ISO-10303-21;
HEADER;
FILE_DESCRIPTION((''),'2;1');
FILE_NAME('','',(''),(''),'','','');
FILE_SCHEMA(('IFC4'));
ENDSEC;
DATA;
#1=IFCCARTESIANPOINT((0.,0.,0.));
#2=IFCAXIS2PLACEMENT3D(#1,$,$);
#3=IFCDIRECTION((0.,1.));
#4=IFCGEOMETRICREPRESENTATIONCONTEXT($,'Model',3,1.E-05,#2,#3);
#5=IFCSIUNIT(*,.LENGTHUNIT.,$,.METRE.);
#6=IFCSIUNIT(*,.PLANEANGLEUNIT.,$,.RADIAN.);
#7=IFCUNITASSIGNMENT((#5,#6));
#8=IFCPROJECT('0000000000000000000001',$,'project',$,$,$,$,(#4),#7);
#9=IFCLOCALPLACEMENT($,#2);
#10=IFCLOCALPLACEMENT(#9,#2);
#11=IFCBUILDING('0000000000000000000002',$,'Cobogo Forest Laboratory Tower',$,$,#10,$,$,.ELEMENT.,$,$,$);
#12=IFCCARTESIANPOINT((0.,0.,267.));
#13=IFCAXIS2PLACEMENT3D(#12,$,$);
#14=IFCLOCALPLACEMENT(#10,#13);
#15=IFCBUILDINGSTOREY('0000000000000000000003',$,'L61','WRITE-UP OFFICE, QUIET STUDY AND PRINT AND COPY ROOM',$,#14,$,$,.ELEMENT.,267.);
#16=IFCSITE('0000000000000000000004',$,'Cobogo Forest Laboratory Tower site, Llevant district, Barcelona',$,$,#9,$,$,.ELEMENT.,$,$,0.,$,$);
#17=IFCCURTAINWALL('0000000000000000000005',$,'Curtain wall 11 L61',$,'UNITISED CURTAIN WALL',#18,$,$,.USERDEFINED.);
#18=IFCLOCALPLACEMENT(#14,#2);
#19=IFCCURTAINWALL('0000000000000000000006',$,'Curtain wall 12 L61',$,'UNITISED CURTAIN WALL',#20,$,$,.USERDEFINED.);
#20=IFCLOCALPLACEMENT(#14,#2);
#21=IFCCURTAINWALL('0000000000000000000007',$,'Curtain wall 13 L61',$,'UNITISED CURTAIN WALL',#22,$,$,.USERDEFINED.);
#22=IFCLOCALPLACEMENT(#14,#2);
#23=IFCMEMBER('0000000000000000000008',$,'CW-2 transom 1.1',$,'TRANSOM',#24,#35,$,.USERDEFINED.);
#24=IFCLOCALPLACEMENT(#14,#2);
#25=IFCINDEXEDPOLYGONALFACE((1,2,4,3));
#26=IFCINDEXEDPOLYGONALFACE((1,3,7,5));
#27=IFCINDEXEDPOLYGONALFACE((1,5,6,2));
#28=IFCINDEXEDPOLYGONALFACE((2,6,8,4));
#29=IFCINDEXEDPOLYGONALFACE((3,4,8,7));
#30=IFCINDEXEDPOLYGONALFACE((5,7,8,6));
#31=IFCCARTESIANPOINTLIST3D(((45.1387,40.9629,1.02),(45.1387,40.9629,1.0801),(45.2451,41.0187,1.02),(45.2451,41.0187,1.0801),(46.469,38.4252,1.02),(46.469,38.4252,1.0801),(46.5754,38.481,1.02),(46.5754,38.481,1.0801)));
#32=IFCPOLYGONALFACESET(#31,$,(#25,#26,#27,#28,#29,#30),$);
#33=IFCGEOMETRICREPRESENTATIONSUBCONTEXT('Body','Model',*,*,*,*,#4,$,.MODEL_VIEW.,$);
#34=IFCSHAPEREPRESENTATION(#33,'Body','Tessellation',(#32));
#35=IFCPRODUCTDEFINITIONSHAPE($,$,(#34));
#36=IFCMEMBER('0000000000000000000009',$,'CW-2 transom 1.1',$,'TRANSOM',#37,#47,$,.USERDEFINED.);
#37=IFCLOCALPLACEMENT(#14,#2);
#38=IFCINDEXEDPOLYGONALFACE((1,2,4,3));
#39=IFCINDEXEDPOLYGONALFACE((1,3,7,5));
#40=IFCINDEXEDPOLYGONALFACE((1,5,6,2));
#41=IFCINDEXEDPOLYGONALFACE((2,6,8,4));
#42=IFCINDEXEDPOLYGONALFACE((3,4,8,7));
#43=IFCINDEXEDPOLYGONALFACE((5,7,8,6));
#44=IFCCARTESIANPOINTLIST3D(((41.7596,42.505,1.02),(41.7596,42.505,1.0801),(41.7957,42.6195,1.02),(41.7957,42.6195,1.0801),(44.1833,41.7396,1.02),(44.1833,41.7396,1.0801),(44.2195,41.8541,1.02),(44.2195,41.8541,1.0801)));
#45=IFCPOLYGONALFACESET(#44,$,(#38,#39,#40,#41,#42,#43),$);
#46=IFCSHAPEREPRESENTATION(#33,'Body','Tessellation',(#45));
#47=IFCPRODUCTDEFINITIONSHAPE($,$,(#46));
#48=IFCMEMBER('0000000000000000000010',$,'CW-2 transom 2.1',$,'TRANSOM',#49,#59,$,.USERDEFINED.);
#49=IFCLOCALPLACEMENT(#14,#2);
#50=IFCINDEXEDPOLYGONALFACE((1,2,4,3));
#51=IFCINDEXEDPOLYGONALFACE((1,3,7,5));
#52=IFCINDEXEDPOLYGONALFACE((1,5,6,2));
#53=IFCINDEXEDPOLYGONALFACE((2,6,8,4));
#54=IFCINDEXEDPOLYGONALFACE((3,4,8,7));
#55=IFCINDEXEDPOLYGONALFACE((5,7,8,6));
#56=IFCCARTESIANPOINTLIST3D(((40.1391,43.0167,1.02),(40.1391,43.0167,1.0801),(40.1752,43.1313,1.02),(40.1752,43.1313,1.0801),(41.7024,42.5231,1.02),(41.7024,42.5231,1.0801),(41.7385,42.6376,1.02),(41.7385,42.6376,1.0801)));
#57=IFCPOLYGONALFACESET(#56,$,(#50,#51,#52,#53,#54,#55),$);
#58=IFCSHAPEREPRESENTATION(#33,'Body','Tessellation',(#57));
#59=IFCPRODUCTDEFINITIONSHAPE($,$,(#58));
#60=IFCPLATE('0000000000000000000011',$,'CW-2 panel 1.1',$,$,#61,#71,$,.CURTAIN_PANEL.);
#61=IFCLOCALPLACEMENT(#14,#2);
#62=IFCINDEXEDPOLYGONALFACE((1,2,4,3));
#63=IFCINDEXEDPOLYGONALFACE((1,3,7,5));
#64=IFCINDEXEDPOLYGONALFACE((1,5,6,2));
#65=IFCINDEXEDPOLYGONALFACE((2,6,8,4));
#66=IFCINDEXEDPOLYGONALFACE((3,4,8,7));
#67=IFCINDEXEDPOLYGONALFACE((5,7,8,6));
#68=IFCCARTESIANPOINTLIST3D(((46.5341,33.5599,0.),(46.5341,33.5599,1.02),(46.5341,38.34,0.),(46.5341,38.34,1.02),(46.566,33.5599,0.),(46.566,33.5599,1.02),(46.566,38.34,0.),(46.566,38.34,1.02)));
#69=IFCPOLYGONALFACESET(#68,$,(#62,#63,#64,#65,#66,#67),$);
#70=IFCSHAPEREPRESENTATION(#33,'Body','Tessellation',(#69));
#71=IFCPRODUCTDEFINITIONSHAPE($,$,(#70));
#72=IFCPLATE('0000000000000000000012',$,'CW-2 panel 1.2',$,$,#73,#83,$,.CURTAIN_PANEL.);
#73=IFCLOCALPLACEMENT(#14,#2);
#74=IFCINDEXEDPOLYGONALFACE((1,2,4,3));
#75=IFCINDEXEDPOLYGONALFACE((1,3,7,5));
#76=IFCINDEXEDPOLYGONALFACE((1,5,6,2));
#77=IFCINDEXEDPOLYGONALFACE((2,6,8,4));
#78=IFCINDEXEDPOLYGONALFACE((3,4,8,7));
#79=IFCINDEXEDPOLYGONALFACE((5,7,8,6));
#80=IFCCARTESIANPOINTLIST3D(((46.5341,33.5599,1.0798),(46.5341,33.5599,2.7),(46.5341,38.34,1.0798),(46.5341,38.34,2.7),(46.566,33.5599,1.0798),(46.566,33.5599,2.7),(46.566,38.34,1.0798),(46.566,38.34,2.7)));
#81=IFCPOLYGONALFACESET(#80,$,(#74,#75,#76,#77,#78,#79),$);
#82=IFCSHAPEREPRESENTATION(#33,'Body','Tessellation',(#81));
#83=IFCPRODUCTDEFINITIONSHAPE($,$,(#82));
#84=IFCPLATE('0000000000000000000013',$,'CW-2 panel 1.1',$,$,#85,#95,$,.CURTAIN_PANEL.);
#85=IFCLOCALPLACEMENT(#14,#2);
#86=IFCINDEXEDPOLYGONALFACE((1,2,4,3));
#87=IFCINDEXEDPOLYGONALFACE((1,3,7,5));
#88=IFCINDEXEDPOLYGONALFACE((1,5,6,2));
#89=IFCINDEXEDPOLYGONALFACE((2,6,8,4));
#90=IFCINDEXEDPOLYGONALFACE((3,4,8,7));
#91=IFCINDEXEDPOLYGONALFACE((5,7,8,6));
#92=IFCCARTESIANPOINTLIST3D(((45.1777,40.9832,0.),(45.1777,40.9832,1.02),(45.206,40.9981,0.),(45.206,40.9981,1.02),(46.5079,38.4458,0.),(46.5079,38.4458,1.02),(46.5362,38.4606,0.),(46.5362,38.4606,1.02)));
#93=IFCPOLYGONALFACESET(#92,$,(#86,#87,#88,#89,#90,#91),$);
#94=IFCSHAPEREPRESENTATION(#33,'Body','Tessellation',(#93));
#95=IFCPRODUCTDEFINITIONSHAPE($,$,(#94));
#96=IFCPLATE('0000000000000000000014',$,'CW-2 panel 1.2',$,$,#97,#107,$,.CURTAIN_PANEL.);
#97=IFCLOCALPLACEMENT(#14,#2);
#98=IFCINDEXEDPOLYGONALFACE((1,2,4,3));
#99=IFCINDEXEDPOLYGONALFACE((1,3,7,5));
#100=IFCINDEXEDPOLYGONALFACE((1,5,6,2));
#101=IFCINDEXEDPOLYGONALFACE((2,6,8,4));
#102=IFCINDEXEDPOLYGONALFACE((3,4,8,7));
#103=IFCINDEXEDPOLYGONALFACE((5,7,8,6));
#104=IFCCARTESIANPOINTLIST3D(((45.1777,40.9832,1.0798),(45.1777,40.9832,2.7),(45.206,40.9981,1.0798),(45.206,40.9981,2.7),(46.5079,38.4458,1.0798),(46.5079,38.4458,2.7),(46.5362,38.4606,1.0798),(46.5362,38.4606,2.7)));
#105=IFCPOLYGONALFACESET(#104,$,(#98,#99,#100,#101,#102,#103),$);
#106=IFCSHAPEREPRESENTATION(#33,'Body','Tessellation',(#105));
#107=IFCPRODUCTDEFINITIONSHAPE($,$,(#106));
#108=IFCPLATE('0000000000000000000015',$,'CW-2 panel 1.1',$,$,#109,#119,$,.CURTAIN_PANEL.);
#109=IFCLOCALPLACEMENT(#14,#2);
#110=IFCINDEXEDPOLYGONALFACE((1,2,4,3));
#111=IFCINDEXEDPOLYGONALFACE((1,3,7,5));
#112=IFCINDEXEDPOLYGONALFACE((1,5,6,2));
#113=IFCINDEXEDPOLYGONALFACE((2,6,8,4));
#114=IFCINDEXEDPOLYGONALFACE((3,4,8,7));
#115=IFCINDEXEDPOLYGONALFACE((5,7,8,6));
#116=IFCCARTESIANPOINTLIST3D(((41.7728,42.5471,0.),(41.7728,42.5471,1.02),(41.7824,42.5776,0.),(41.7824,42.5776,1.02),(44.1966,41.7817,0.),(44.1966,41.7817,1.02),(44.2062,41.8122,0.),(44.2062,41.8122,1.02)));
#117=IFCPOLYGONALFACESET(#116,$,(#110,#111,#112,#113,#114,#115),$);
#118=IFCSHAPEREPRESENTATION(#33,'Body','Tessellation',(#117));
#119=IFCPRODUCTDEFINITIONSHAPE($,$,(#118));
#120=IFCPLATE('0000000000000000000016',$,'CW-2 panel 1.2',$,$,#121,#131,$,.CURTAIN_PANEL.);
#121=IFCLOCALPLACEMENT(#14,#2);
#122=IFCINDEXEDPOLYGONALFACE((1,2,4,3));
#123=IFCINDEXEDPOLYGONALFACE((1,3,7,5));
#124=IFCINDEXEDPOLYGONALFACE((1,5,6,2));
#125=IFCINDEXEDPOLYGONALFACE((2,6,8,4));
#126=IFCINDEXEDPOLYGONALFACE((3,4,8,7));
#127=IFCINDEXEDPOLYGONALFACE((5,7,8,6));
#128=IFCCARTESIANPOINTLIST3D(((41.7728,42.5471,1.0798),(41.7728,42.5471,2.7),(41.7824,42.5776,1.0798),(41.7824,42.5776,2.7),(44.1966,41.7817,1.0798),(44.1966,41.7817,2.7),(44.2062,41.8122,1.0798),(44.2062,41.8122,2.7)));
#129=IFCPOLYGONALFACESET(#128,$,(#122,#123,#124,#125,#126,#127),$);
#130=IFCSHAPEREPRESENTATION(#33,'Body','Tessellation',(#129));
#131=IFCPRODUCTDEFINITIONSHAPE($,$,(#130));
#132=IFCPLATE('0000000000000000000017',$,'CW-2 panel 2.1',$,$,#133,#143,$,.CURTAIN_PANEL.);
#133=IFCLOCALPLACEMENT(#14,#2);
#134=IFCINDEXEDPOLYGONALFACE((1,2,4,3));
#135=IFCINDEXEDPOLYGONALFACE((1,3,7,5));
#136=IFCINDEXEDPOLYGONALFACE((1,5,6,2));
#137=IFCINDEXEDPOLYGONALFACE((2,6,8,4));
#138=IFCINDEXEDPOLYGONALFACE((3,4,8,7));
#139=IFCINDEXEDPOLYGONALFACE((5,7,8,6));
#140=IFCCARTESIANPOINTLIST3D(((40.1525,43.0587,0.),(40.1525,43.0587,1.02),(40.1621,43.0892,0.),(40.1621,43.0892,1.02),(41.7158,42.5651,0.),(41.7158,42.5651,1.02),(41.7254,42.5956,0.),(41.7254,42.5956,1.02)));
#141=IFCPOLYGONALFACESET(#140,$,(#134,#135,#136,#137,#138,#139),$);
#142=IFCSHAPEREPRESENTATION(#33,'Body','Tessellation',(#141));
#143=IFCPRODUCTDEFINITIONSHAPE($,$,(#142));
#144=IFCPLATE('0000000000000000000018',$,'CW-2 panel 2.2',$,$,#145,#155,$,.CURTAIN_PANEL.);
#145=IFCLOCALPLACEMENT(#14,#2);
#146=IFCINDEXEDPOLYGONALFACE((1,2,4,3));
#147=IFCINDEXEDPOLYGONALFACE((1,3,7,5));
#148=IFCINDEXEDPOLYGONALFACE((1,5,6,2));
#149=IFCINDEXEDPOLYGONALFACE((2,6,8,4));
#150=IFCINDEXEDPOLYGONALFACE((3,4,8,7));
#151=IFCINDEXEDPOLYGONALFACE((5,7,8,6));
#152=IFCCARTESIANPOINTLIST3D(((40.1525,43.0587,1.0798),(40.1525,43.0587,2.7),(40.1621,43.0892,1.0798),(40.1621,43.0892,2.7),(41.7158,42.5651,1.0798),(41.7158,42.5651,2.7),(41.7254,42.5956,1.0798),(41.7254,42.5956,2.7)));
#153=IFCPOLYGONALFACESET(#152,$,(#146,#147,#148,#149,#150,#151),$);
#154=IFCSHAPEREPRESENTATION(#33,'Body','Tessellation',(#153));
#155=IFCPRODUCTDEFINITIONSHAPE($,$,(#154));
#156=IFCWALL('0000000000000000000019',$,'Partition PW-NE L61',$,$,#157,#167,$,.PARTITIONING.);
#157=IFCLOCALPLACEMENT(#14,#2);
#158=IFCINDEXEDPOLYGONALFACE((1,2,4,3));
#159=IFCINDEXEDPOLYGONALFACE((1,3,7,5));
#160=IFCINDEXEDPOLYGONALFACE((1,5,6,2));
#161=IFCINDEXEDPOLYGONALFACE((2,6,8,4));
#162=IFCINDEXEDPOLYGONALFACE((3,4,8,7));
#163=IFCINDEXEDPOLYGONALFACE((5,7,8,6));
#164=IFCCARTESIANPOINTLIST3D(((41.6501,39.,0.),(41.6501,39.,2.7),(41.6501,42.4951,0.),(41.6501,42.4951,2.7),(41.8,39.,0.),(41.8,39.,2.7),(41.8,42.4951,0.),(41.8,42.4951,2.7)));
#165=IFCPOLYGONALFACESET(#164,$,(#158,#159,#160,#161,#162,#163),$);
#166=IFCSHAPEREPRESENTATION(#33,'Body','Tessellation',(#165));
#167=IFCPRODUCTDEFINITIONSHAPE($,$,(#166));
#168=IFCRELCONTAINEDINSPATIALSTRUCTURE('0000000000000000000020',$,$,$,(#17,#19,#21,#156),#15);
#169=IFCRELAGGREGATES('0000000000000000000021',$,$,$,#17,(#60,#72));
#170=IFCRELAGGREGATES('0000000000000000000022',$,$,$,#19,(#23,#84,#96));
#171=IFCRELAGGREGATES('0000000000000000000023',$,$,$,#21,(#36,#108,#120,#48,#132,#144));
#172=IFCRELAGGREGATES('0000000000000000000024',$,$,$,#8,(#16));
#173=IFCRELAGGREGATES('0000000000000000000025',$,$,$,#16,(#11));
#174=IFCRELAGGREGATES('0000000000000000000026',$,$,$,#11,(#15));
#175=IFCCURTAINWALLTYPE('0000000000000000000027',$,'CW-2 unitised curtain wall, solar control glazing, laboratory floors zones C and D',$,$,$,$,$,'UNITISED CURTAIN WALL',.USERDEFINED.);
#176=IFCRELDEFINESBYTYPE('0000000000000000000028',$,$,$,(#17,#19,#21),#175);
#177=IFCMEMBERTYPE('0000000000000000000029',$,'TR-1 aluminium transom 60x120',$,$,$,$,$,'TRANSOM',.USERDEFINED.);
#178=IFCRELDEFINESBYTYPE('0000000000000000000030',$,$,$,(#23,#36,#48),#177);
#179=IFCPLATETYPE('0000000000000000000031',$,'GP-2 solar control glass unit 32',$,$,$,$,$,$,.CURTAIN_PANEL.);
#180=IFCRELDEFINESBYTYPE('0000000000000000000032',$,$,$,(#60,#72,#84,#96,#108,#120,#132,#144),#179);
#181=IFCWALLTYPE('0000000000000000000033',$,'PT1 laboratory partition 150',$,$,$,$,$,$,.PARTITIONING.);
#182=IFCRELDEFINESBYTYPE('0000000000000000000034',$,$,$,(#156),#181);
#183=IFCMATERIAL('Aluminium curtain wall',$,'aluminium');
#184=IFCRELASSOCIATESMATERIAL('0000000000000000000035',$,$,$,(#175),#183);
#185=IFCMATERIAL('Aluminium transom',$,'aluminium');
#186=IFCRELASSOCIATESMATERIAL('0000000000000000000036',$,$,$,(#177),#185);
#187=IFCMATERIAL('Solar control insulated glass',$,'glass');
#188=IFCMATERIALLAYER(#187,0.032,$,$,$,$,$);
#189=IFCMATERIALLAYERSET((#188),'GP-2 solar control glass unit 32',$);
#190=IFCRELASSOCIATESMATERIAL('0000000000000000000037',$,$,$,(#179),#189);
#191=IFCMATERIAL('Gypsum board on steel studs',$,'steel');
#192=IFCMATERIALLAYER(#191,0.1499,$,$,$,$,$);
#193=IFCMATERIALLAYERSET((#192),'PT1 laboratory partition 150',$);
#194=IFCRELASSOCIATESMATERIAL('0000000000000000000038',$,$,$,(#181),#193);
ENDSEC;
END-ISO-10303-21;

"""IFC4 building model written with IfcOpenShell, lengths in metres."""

from ifc_helpers import new_model, si_unit, direction, frame, frame_2d, origin, origin_2d, place, context, subcontext, project, spatial, rectangle, extrude, material, layer, layer_set, material_profile, profile_set, type_object, element, aggregate, save


model = new_model("IFC4")

# Units and contexts
model_context = context("Model", 3, precision=1e-05, world=origin(), true_north=direction((0.0, 1.0)))
body_context = subcontext(model_context, "Body", "Model", "MODEL_VIEW")
ifc_project = project(units=[si_unit("LENGTHUNIT", "METRE"), si_unit("PLANEANGLEUNIT", "RADIAN")], contexts=[model_context])

# Site, building, storey
site_placement = place(None, origin())
site = spatial("IfcSite", under=ifc_project, at=site_placement, Name="Cobogo Forest Laboratory Tower site, Llevant district, Barcelona", CompositionType="ELEMENT", RefElevation=0.0)
building_placement = place(site_placement, origin())
building = spatial("IfcBuilding", under=site, at=building_placement, Name="Cobogo Forest Laboratory Tower", CompositionType="ELEMENT")
storey_placement = place(building_placement, frame((0.0, 0.0, 267.0)))
storey = spatial("IfcBuildingStorey", under=building, at=storey_placement, Name="L61", Description="WRITE-UP OFFICE, QUIET STUDY AND PRINT AND COPY ROOM", CompositionType="ELEMENT", Elevation=267.0)

# Curtain wall
ifc_material_1 = material(Name="Aluminium curtain wall", Category="aluminium")
curtain_wall_type = type_object("IfcCurtainWallType", Name="CW-2 unitised curtain wall, solar control glazing, laboratory floors zones C and D", ElementType="UNITISED CURTAIN WALL", PredefinedType="USERDEFINED", material=ifc_material_1)
curtain_wall_1_placement = place(storey_placement, origin())
curtain_wall_1 = element("IfcCurtainWall", 1, at=curtain_wall_1_placement, inside=storey, type_object=curtain_wall_type, Name="Curtain wall 11 L61", ObjectType="UNITISED CURTAIN WALL", PredefinedType="USERDEFINED")

# Curtain walls
curtain_wall_2_placement = place(storey_placement, origin())
curtain_wall_2 = element("IfcCurtainWall", 2, at=curtain_wall_2_placement, inside=storey, type_object=curtain_wall_type, Name="Curtain wall 12 L61", ObjectType="UNITISED CURTAIN WALL", PredefinedType="USERDEFINED")
curtain_wall_3_placement = place(storey_placement, origin())
curtain_wall_3 = element("IfcCurtainWall", 3, at=curtain_wall_3_placement, inside=storey, type_object=curtain_wall_type, Name="Curtain wall 13 L61", ObjectType="UNITISED CURTAIN WALL", PredefinedType="USERDEFINED")

# Members
ifc_material_2 = material(Name="Aluminium transom", Category="aluminium")
ifc_material_profile_1 = material_profile(ifc_material_2, rectangle(XDim=0.1201, YDim=0.0601, at=origin_2d()), Name="AL 60x120")
ifc_profile_set_1 = profile_set([ifc_material_profile_1], Name="Aluminium transom")
member_type_1 = type_object("IfcMemberType", Name="TR-1 aluminium transom 60x120", ElementType="TRANSOM", PredefinedType="USERDEFINED", material=ifc_profile_set_1)
member_1_placement = place(storey_placement, frame((46.5222, 38.4531, 1.05), z_axis=(-0.464309, 0.885673, 0.0), x_axis=(-0.885673, -0.464309, 0.0)))
member_1 = element("IfcMember", 4, at=member_1_placement, type_object=member_type_1, Name="CW-2 transom 1.1", ObjectType="TRANSOM", PredefinedType="USERDEFINED", context=body_context, shape_type="SweptSolid", body=[
    extrude(rectangle(XDim=0.1201, YDim=0.0601, at=origin_2d()), origin(), (0.0, 0.0, 1.0), 2.8652),
])
member_2_placement = place(storey_placement, frame((44.2014, 41.7969, 1.05), z_axis=(-0.953587, 0.301118, 0.0), x_axis=(-0.301118, -0.953587, 0.0)))
member_2 = element("IfcMember", 5, at=member_2_placement, type_object=member_type_1, Name="CW-2 transom 1.1", ObjectType="TRANSOM", PredefinedType="USERDEFINED", context=body_context, shape_type="SweptSolid", body=[
    extrude(rectangle(XDim=0.1201, YDim=0.0601, at=origin_2d()), origin(), (0.0, 0.0, 1.0), 2.5417),
])
member_3_placement = place(storey_placement, frame((41.7205, 42.5803, 1.05), z_axis=(-0.953583, 0.301131, 0.0), x_axis=(-0.301131, -0.953583, 0.0)))
member_3 = element("IfcMember", 6, at=member_3_placement, type_object=member_type_1, Name="CW-2 transom 2.1", ObjectType="TRANSOM", PredefinedType="USERDEFINED", context=body_context, shape_type="SweptSolid", body=[
    extrude(rectangle(XDim=0.1201, YDim=0.0601, at=origin_2d()), origin(), (0.0, 0.0, 1.0), 1.6394),
])

# Plates
ifc_material_3 = material(Name="Solar control insulated glass", Category="glass")
ifc_layer_1 = layer(ifc_material_3, 0.032)
ifc_layer_set_1 = layer_set([ifc_layer_1], Name="GP-2 solar control glass unit 32")
plate_type = type_object("IfcPlateType", Name="GP-2 solar control glass unit 32", PredefinedType="CURTAIN_PANEL", material=ifc_layer_set_1)
plate_1_placement = place(storey_placement, frame((46.55, 35.95, 0.0), z_axis=(0.0, 0.0, 1.0), x_axis=(0.0, 1.0, 0.0)))
plate_1 = element("IfcPlate", 7, at=plate_1_placement, type_object=plate_type, Name="CW-2 panel 1.1", PredefinedType="CURTAIN_PANEL", context=body_context, shape_type="SweptSolid", body=[
    extrude(rectangle(XDim=4.78, YDim=0.032, at=origin_2d()), origin(), (0.0, 0.0, 1.0), 1.02),
])
plate_2_placement = place(storey_placement, frame((46.55, 35.95, 1.0798), z_axis=(0.0, 0.0, 1.0), x_axis=(0.0, 1.0, 0.0)))
plate_2 = element("IfcPlate", 8, at=plate_2_placement, type_object=plate_type, Name="CW-2 panel 1.2", PredefinedType="CURTAIN_PANEL", context=body_context, shape_type="SweptSolid", body=[
    extrude(rectangle(XDim=4.78, YDim=0.032, at=origin_2d()), origin(), (0.0, 0.0, 1.0), 1.6201),
])
aggregate(curtain_wall_1, [plate_1, plate_2])
plate_3_placement = place(storey_placement, frame((45.8569, 39.7219, 0.0), z_axis=(0.0, 0.0, 1.0), x_axis=(-0.464284, 0.885686, 0.0)))
plate_3 = element("IfcPlate", 9, at=plate_3_placement, type_object=plate_type, Name="CW-2 panel 1.1", PredefinedType="CURTAIN_PANEL", context=body_context, shape_type="SweptSolid", body=[
    extrude(rectangle(XDim=2.865, YDim=0.032, at=origin_2d()), origin(), (0.0, 0.0, 1.0), 1.02),
])
plate_4_placement = place(storey_placement, frame((45.8569, 39.7219, 1.0798), z_axis=(0.0, 0.0, 1.0), x_axis=(-0.464284, 0.885686, 0.0)))
plate_4 = element("IfcPlate", 10, at=plate_4_placement, type_object=plate_type, Name="CW-2 panel 1.2", PredefinedType="CURTAIN_PANEL", context=body_context, shape_type="SweptSolid", body=[
    extrude(rectangle(XDim=2.865, YDim=0.032, at=origin_2d()), origin(), (0.0, 0.0, 1.0), 1.6201),
])
aggregate(curtain_wall_2, [member_1, plate_3, plate_4])
plate_5_placement = place(storey_placement, frame((42.9895, 42.1797, 0.0), z_axis=(0.0, 0.0, 1.0), x_axis=(-0.953581, 0.301135, 0.0)))
plate_5 = element("IfcPlate", 11, at=plate_5_placement, type_object=plate_type, Name="CW-2 panel 1.1", PredefinedType="CURTAIN_PANEL", context=body_context, shape_type="SweptSolid", body=[
    extrude(rectangle(XDim=2.5417, YDim=0.032, at=origin_2d()), origin(), (0.0, 0.0, 1.0), 1.02),
])
plate_6_placement = place(storey_placement, frame((42.9895, 42.1797, 1.0798), z_axis=(0.0, 0.0, 1.0), x_axis=(-0.953581, 0.301135, 0.0)))
plate_6 = element("IfcPlate", 12, at=plate_6_placement, type_object=plate_type, Name="CW-2 panel 1.2", PredefinedType="CURTAIN_PANEL", context=body_context, shape_type="SweptSolid", body=[
    extrude(rectangle(XDim=2.5417, YDim=0.032, at=origin_2d()), origin(), (0.0, 0.0, 1.0), 1.6201),
])
plate_7_placement = place(storey_placement, frame((40.939, 42.8271, 0.0), z_axis=(0.0, 0.0, 1.0), x_axis=(-0.953581, 0.301135, 0.0)))
plate_7 = element("IfcPlate", 13, at=plate_7_placement, type_object=plate_type, Name="CW-2 panel 2.1", PredefinedType="CURTAIN_PANEL", context=body_context, shape_type="SweptSolid", body=[
    extrude(rectangle(XDim=1.6394, YDim=0.032, at=origin_2d()), origin(), (0.0, 0.0, 1.0), 1.02),
])
plate_8_placement = place(storey_placement, frame((40.939, 42.8271, 1.0798), z_axis=(0.0, 0.0, 1.0), x_axis=(-0.953581, 0.301135, 0.0)))
plate_8 = element("IfcPlate", 14, at=plate_8_placement, type_object=plate_type, Name="CW-2 panel 2.2", PredefinedType="CURTAIN_PANEL", context=body_context, shape_type="SweptSolid", body=[
    extrude(rectangle(XDim=1.6394, YDim=0.032, at=origin_2d()), origin(), (0.0, 0.0, 1.0), 1.6201),
])
aggregate(curtain_wall_3, [member_2, plate_5, plate_6, member_3, plate_7, plate_8])

# Wall
ifc_material_4 = material(Name="Gypsum board on steel studs", Category="steel")
ifc_layer_2 = layer(ifc_material_4, 0.1499)
ifc_layer_set_2 = layer_set([ifc_layer_2], Name="PT1 laboratory partition 150")
wall_type = type_object("IfcWallType", Name="PT1 laboratory partition 150", PredefinedType="PARTITIONING", material=ifc_layer_set_2)
wall_placement = place(storey_placement, frame((41.7251, 42.4951, 0.0), z_axis=(0.0, 0.0, 1.0), x_axis=(0.0, -1.0, 0.0)))
element("IfcWall", 15, at=wall_placement, inside=storey, type_object=wall_type, Name="Partition PW-NE L61", PredefinedType="PARTITIONING", context=body_context, shape_type="SweptSolid", body=[
    extrude(rectangle(XDim=3.4951, YDim=0.1499, at=frame_2d((1.7476, 0.0))), origin(), (0.0, 0.0, 1.0), 2.7),
])

save(model, "model.ifc")
